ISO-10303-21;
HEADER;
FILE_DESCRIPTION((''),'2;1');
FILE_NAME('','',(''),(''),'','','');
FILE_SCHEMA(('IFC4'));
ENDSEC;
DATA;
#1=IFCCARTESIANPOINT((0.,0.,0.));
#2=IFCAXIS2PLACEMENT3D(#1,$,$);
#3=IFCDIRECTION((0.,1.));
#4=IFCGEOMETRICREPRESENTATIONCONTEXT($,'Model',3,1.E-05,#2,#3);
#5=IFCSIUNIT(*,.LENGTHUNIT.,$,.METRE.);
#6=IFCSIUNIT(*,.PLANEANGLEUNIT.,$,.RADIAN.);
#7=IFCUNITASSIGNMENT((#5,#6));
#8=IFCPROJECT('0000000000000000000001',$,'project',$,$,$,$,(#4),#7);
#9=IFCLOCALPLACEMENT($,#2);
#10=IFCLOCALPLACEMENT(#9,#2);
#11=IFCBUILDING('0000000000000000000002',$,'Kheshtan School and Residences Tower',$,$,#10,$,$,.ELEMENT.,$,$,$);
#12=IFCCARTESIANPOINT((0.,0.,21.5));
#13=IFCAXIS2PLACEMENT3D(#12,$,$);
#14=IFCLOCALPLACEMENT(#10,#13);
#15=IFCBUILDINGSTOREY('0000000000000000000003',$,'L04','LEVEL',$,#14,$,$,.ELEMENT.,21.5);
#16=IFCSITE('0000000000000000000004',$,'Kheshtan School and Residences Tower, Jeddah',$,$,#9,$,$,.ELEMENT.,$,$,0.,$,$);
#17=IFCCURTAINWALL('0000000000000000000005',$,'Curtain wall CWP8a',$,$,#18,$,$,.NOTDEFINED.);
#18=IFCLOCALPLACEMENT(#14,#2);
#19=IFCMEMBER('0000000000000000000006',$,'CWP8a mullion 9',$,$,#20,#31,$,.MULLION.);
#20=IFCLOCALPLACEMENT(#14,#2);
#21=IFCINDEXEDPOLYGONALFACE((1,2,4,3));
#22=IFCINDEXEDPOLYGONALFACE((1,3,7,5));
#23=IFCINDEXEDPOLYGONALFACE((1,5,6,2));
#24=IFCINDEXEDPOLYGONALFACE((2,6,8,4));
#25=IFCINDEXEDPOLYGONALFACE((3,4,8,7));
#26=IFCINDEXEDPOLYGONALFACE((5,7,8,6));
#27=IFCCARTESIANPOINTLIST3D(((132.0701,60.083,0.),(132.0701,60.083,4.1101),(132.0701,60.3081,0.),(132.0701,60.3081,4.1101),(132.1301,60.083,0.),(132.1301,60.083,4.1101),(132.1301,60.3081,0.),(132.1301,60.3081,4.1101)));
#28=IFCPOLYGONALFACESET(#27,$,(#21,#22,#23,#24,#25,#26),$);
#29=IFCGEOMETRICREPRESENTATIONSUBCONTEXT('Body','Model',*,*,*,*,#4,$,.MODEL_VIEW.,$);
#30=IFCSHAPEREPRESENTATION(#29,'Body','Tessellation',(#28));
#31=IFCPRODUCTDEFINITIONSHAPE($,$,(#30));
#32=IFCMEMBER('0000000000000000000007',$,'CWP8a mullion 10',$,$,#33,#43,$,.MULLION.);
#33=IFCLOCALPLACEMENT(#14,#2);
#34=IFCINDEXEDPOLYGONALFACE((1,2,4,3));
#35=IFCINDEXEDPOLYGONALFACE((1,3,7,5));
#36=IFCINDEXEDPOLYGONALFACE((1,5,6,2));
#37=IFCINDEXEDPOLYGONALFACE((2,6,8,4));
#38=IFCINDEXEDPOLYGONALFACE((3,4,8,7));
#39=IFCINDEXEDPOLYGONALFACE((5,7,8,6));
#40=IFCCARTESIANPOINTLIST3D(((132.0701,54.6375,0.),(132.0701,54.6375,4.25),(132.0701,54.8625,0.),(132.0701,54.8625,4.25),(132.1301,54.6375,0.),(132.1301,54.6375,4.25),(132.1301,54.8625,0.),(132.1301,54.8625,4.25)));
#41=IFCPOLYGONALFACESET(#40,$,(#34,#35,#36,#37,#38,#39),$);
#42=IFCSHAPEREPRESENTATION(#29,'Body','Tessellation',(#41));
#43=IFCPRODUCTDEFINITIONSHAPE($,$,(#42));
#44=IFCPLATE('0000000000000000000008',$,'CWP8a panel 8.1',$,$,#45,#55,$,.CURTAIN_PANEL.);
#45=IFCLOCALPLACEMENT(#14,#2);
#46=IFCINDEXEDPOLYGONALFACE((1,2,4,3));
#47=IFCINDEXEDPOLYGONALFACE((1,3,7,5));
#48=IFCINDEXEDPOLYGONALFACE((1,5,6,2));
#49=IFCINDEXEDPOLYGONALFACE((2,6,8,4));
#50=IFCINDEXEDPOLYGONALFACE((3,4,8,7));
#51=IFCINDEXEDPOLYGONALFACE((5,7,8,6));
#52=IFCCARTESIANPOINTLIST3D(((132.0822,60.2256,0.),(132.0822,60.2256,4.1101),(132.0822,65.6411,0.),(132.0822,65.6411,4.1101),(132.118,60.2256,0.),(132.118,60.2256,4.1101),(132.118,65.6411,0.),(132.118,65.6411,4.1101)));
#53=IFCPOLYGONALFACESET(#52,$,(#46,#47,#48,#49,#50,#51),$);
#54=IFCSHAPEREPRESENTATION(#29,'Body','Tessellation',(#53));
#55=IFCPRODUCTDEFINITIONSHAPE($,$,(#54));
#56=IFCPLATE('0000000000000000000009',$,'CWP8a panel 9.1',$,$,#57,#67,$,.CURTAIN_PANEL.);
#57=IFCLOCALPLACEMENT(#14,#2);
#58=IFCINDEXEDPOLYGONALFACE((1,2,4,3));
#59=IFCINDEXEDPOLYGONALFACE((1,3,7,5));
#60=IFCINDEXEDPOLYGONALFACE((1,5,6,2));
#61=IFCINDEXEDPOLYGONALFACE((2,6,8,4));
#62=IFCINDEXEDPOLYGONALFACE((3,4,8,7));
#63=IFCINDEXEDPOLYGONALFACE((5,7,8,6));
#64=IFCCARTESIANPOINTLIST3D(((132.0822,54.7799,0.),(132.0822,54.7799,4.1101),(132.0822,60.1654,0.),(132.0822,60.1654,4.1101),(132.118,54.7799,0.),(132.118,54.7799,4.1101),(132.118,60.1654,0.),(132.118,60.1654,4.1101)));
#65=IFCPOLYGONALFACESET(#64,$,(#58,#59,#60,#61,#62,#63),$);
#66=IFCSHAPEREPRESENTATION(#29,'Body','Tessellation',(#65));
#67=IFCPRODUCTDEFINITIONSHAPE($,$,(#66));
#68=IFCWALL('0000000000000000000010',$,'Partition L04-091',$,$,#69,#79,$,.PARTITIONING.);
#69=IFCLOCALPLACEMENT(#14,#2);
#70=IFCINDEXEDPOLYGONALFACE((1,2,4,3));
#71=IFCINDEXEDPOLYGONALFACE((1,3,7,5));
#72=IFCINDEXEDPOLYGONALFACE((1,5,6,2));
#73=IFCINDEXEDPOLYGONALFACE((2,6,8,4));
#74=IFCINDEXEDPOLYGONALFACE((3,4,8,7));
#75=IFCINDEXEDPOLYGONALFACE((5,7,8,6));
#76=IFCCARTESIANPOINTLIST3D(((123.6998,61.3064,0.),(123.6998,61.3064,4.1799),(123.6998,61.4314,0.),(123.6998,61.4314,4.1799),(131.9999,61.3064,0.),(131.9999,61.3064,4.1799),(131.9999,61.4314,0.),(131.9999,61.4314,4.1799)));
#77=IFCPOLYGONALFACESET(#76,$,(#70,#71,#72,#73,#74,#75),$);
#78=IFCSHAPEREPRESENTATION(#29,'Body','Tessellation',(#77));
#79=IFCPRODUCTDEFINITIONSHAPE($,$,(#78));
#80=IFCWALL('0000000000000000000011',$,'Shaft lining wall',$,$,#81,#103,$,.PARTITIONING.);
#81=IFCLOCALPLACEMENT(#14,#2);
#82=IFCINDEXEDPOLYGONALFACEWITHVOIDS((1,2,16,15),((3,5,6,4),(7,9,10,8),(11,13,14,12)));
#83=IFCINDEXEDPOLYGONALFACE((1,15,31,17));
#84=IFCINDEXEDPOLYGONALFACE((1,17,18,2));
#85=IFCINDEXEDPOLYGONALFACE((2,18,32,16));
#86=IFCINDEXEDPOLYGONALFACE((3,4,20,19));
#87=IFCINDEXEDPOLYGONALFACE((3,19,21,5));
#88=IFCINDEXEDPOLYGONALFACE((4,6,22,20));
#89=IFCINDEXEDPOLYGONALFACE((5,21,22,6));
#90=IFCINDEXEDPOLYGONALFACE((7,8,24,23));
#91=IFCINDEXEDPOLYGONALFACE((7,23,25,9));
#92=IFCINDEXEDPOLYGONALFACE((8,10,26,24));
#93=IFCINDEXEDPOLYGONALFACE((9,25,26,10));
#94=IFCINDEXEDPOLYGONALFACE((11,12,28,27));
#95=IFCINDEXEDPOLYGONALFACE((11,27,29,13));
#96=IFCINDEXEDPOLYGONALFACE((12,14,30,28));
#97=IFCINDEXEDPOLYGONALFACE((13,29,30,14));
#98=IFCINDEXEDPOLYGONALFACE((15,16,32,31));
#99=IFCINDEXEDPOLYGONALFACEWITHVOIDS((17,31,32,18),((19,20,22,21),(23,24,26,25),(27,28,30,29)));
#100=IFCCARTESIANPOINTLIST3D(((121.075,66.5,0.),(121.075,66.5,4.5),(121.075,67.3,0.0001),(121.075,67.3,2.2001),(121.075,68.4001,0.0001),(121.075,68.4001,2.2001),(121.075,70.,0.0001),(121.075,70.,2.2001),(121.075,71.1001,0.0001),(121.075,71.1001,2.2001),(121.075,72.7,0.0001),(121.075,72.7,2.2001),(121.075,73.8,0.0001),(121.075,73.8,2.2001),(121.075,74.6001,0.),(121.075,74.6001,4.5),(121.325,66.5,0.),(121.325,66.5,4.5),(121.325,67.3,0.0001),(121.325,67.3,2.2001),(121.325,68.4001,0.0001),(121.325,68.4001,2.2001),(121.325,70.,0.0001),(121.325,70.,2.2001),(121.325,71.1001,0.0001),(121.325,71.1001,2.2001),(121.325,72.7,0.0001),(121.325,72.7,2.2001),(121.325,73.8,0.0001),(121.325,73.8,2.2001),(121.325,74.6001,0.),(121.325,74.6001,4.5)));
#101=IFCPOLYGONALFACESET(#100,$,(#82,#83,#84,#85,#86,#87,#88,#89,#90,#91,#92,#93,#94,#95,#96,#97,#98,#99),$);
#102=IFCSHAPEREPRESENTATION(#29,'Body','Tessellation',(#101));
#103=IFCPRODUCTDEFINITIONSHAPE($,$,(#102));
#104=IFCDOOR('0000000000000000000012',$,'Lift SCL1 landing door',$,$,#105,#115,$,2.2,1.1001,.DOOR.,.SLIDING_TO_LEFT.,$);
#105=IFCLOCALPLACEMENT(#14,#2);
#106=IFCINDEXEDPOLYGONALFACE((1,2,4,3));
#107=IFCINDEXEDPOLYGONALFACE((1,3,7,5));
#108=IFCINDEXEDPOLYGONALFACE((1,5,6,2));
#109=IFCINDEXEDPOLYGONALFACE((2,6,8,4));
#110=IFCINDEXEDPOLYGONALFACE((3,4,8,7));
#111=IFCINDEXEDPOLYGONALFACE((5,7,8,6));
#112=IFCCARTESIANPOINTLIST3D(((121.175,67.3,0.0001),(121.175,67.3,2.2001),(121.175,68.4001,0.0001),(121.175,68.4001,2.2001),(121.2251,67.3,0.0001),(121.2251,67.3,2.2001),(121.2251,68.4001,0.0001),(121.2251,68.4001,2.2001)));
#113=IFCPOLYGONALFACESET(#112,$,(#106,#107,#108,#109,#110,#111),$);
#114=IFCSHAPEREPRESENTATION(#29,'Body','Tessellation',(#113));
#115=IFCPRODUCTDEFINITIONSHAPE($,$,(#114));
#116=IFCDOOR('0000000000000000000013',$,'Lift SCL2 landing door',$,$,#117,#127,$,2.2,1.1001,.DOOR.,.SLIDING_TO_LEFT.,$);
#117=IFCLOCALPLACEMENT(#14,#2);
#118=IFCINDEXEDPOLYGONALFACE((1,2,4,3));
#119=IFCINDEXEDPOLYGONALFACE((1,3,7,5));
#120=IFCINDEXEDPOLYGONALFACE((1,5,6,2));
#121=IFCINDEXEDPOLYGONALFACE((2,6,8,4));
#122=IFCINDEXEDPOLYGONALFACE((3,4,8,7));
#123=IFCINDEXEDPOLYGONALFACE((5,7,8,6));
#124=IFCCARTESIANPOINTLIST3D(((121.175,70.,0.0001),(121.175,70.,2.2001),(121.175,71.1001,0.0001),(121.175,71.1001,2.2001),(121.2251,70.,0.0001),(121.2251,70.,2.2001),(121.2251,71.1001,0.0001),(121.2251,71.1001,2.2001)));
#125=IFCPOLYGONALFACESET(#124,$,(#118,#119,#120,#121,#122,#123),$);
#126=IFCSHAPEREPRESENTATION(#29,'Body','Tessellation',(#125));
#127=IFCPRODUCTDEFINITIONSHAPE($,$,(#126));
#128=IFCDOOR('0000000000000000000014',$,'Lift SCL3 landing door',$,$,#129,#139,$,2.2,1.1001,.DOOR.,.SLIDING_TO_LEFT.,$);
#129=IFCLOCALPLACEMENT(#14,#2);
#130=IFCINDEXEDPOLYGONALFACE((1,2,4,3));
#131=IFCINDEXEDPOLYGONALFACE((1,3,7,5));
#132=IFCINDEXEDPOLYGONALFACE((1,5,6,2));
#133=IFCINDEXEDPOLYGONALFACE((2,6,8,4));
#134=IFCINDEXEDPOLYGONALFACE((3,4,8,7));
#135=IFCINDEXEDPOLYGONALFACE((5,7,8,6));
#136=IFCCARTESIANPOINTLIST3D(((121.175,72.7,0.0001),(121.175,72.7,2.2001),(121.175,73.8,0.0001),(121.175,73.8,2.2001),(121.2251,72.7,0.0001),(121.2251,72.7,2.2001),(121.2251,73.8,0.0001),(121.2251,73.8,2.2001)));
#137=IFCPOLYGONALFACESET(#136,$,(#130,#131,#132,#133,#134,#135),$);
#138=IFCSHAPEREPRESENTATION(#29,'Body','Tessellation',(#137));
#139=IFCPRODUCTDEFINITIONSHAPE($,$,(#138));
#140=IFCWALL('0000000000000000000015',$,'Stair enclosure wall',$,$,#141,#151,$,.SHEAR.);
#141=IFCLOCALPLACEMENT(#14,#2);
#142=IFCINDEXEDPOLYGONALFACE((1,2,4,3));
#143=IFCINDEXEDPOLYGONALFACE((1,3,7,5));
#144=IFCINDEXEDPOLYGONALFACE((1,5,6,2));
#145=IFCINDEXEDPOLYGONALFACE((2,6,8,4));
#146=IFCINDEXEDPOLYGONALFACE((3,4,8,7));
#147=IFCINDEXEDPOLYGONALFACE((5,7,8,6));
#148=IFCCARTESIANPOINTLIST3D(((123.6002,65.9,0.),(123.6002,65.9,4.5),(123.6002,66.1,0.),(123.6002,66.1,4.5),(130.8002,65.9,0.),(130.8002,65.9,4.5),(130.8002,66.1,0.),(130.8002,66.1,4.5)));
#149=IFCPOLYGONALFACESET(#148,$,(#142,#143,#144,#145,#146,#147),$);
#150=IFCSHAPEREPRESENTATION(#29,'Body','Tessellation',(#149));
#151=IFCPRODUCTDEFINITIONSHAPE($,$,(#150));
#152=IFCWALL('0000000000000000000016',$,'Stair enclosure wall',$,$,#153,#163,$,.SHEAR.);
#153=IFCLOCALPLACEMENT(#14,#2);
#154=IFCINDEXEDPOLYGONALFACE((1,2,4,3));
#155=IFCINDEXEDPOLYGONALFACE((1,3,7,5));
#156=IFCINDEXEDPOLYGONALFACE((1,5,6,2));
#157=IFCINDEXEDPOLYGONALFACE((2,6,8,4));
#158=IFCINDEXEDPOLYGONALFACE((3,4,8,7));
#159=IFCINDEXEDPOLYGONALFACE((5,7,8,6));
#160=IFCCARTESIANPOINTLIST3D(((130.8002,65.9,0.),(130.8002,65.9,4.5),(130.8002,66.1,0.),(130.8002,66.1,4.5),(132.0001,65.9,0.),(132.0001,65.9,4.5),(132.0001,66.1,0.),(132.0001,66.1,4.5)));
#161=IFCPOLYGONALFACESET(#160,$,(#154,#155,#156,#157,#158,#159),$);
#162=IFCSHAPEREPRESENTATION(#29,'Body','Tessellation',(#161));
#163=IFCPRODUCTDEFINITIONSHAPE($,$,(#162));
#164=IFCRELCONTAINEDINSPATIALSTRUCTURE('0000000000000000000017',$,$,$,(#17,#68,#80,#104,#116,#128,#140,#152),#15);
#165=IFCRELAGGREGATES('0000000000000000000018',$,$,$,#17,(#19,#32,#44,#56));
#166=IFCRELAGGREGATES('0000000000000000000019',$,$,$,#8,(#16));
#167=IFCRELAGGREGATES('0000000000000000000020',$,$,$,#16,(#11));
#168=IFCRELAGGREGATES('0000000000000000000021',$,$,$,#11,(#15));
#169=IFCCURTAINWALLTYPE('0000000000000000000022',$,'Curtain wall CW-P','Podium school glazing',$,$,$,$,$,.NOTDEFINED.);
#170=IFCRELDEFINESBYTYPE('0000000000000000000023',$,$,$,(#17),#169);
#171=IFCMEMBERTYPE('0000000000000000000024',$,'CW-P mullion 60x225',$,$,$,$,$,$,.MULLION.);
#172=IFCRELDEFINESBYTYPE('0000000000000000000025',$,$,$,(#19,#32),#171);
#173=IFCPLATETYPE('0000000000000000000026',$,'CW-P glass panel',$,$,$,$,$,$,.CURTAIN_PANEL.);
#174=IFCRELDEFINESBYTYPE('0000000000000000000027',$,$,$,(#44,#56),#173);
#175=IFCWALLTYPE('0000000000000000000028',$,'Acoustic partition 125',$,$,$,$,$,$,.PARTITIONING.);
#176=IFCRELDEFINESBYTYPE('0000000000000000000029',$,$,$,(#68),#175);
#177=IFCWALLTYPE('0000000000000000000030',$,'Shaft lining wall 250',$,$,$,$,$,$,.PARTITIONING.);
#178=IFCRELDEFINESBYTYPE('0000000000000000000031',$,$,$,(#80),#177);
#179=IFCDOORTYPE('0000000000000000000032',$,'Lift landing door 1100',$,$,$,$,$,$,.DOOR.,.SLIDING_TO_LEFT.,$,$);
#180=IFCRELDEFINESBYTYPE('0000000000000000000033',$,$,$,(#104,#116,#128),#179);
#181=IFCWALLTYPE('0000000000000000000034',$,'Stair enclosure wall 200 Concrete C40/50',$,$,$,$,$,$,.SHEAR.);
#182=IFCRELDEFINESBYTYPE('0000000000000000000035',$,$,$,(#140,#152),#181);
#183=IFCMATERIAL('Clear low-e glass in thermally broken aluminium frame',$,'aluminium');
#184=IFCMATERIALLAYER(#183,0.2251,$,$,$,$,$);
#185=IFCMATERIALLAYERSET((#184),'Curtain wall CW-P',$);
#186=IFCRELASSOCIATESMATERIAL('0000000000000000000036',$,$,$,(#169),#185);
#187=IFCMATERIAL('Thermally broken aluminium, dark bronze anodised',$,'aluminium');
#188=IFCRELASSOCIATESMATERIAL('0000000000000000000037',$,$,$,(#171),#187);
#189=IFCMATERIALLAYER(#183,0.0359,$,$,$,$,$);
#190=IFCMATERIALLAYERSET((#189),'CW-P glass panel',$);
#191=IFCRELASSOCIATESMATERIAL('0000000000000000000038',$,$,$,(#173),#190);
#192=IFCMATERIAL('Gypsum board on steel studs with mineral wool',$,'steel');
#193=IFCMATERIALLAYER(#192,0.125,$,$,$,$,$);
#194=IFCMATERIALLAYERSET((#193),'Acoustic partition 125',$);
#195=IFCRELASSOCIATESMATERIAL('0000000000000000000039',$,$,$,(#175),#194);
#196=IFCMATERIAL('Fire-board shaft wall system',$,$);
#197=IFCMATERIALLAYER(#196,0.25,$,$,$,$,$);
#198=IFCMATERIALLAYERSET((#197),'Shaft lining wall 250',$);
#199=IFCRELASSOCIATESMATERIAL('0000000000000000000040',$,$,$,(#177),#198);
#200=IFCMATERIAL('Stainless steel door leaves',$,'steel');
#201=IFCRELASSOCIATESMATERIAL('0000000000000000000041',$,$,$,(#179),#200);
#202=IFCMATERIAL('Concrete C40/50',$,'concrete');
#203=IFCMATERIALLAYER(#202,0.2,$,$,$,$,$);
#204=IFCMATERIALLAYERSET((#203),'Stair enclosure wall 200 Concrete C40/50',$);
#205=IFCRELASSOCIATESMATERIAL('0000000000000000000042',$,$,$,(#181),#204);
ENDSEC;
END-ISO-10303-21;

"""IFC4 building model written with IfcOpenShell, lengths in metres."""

from ifc_helpers import new_model, si_unit, direction, frame, frame_2d, origin, origin_2d, place, context, subcontext, project, spatial, rectangle, extrude, source, transform, mapped, material, layer, layer_set, material_profile, profile_set, type_object, element, fill, aggregate, save


model = new_model("IFC4")

# Units and contexts
model_context = context("Model", 3, precision=1e-05, world=origin(), true_north=direction((0.0, 1.0)))
body_context = subcontext(model_context, "Body", "Model", "MODEL_VIEW")
ifc_project = project(units=[si_unit("LENGTHUNIT", "METRE"), si_unit("PLANEANGLEUNIT", "RADIAN")], contexts=[model_context])

# Site, building, storey
site_placement = place(None, origin())
site = spatial("IfcSite", under=ifc_project, at=site_placement, Name="Kheshtan School and Residences Tower, Jeddah", CompositionType="ELEMENT", RefElevation=0.0)
building_placement = place(site_placement, origin())
building = spatial("IfcBuilding", under=site, at=building_placement, Name="Kheshtan School and Residences Tower", CompositionType="ELEMENT")
storey_placement = place(building_placement, frame((0.0, 0.0, 21.5)))
storey = spatial("IfcBuildingStorey", under=building, at=storey_placement, Name="L04", Description="LEVEL", CompositionType="ELEMENT", Elevation=21.5)

# Curtain wall, members, plates
ifc_material_1 = material(Name="Clear low-e glass in thermally broken aluminium frame", Category="aluminium")
ifc_layer_1 = layer(ifc_material_1, 0.2251)
ifc_layer_set_1 = layer_set([ifc_layer_1], Name="Curtain wall CW-P")
curtain_wall_type = type_object("IfcCurtainWallType", Name="Curtain wall CW-P", Description="Podium school glazing", PredefinedType="NOTDEFINED", material=ifc_layer_set_1)
curtain_wall_placement = place(storey_placement, origin())
curtain_wall = element("IfcCurtainWall", 1, at=curtain_wall_placement, inside=storey, type_object=curtain_wall_type, Name="Curtain wall CWP8a", PredefinedType="NOTDEFINED")
ifc_material_2 = material(Name="Thermally broken aluminium, dark bronze anodised", Category="aluminium")
ifc_material_profile_1 = material_profile(ifc_material_2, rectangle(XDim=0.0601, YDim=0.2251, at=origin_2d()), Name="CW-P mullion 60x225")
ifc_profile_set_1 = profile_set([ifc_material_profile_1], Name="Thermally broken aluminium, dark bronze anodised")
member_type = type_object("IfcMemberType", Name="CW-P mullion 60x225", PredefinedType="MULLION", material=ifc_profile_set_1)
member_1_placement = place(storey_placement, frame((132.1001, 60.1956, 0.0), z_axis=(0.0, 0.0, 1.0), x_axis=(1.0, 0.0, 0.0)))
member_1 = element("IfcMember", 2, at=member_1_placement, type_object=member_type, Name="CWP8a mullion 9", PredefinedType="MULLION", context=body_context, shape_type="SweptSolid", body=[
    extrude(rectangle(XDim=0.0601, YDim=0.2251, at=origin_2d()), origin(), (0.0, 0.0, 1.0), 4.1101),
])
member_2_placement = place(storey_placement, frame((132.1001, 54.75, 0.0), z_axis=(0.0, 0.0, 1.0), x_axis=(1.0, 0.0, 0.0)))
member_2 = element("IfcMember", 3, at=member_2_placement, type_object=member_type, Name="CWP8a mullion 10", PredefinedType="MULLION", context=body_context, shape_type="SweptSolid", body=[
    extrude(rectangle(XDim=0.0601, YDim=0.2251, at=origin_2d()), origin(), (0.0, 0.0, 1.0), 4.25),
])
ifc_layer_2 = layer(ifc_material_1, 0.0359)
ifc_layer_set_2 = layer_set([ifc_layer_2], Name="CW-P glass panel")
plate_type = type_object("IfcPlateType", Name="CW-P glass panel", PredefinedType="CURTAIN_PANEL", material=ifc_layer_set_2)
plate_1_placement = place(storey_placement, frame((132.1001, 62.9333, 0.0), z_axis=(0.0, 0.0, 1.0), x_axis=(0.0, -1.0, 0.0)))
plate_1 = element("IfcPlate", 4, at=plate_1_placement, type_object=plate_type, Name="CWP8a panel 8.1", PredefinedType="CURTAIN_PANEL", context=body_context, shape_type="SweptSolid", body=[
    extrude(rectangle(XDim=5.4155, YDim=0.0359, at=origin_2d()), origin(), (0.0, 0.0, 1.0), 4.1101),
])
plate_2_placement = place(storey_placement, frame((132.1001, 57.4727, 0.0), z_axis=(0.0, 0.0, 1.0), x_axis=(0.0, -1.0, 0.0)))
plate_2 = element("IfcPlate", 5, at=plate_2_placement, type_object=plate_type, Name="CWP8a panel 9.1", PredefinedType="CURTAIN_PANEL", context=body_context, shape_type="SweptSolid", body=[
    extrude(rectangle(XDim=5.3855, YDim=0.0359, at=origin_2d()), origin(), (0.0, 0.0, 1.0), 4.1101),
])
aggregate(curtain_wall, [member_1, member_2, plate_1, plate_2])

# Wall
ifc_material_3 = material(Name="Gypsum board on steel studs with mineral wool", Category="steel")
ifc_layer_3 = layer(ifc_material_3, 0.125)
ifc_layer_set_3 = layer_set([ifc_layer_3], Name="Acoustic partition 125")
wall_type_1 = type_object("IfcWallType", Name="Acoustic partition 125", PredefinedType="PARTITIONING", material=ifc_layer_set_3)
wall_1_placement = place(storey_placement, frame((123.7, 61.3689, 0.0), z_axis=(0.0, 0.0, 1.0), x_axis=(1.0, 0.0, 0.0)))
element("IfcWall", 6, at=wall_1_placement, inside=storey, type_object=wall_type_1, Name="Partition L04-091", PredefinedType="PARTITIONING", context=body_context, shape_type="SweptSolid", body=[
    extrude(rectangle(XDim=8.3, YDim=0.125, at=frame_2d((4.1499, 0.0))), origin(), (0.0, 0.0, 1.0), 4.1799),
])

# Wall, openings, doors
ifc_material_4 = material(Name="Fire-board shaft wall system")
ifc_layer_4 = layer(ifc_material_4, 0.25)
ifc_layer_set_4 = layer_set([ifc_layer_4], Name="Shaft lining wall 250")
wall_type_2 = type_object("IfcWallType", Name="Shaft lining wall 250", PredefinedType="PARTITIONING", material=ifc_layer_set_4)
wall_2_placement = place(storey_placement, frame((121.2, 66.5, 0.0), z_axis=(0.0, 0.0, 1.0), x_axis=(0.0, 1.0, 0.0)))
wall_2 = element("IfcWall", 7, at=wall_2_placement, inside=storey, type_object=wall_type_2, Name="Shaft lining wall", PredefinedType="PARTITIONING", context=body_context, shape_type="SweptSolid", body=[
    extrude(rectangle(XDim=8.1001, YDim=0.25, at=frame_2d((4.05, 0.0))), origin(), (0.0, 0.0, 1.0), 4.5),
])
opening_1_placement = place(wall_2_placement, frame((0.8, 0.0, 0.0)))
opening_1 = element("IfcOpeningElement", 8, at=opening_1_placement, cuts=wall_2, PredefinedType="OPENING", context=body_context, shape_type="SweptSolid", body=[
    extrude(rectangle(XDim=1.1001, YDim=2.2, at=frame_2d((0.55, 1.1001))), frame((0.0, 0.135, 0.0), z_axis=(0.0, -1.0, 0.0), x_axis=(1.0, 0.0, 0.0)), (0.0, 0.0, 1.0), 0.27),
])
opening_2_placement = place(wall_2_placement, frame((3.5, 0.0, 0.0)))
opening_2 = element("IfcOpeningElement", 9, at=opening_2_placement, cuts=wall_2, PredefinedType="OPENING", context=body_context, shape_type="SweptSolid", body=[
    extrude(rectangle(XDim=1.1001, YDim=2.2, at=frame_2d((0.55, 1.1001))), frame((0.0, 0.135, 0.0), z_axis=(0.0, -1.0, 0.0), x_axis=(1.0, 0.0, 0.0)), (0.0, 0.0, 1.0), 0.27),
])
opening_3_placement = place(wall_2_placement, frame((6.2, 0.0, 0.0)))
opening_3 = element("IfcOpeningElement", 10, at=opening_3_placement, cuts=wall_2, PredefinedType="OPENING", context=body_context, shape_type="SweptSolid", body=[
    extrude(rectangle(XDim=1.1001, YDim=2.2, at=frame_2d((0.55, 1.1001))), frame((0.0, 0.135, 0.0), z_axis=(0.0, -1.0, 0.0), x_axis=(1.0, 0.0, 0.0)), (0.0, 0.0, 1.0), 0.27),
])
ifc_material_5 = material(Name="Stainless steel door leaves", Category="steel")
door_type_1 = type_object("IfcDoorType", Name="Lift landing door 1100", OperationType="SLIDING_TO_LEFT", PredefinedType="DOOR", material=ifc_material_5)
shared_shape_1 = source(origin(), body_context, "Body", "SweptSolid", [
    extrude(rectangle(XDim=1.1001, YDim=2.2, at=frame_2d((0.55, 1.1001))), frame((0.0, 0.0249, 0.0), z_axis=(0.0, -1.0, 0.0), x_axis=(1.0, 0.0, 0.0)), (0.0, 0.0, 1.0), 0.05),
])
door_1_placement = place(opening_1_placement, origin())
door_1 = element("IfcDoor", 11, at=door_1_placement, inside=storey, type_object=door_type_1, Name="Lift SCL1 landing door", OperationType="SLIDING_TO_LEFT", OverallHeight=2.2, OverallWidth=1.1001, PredefinedType="DOOR", context=body_context, shape_type="MappedRepresentation", body=[
    mapped(shared_shape_1, transform((0.0, 0.0, 0.0), x_axis=(1.0, 0.0, 0.0), y_axis=(0.0, 1.0, 0.0), z_axis=(0.0, 0.0, 1.0), scale=1.0)),
])
fill(opening_1, door_1)
door_2_placement = place(opening_2_placement, origin())
door_2 = element("IfcDoor", 12, at=door_2_placement, inside=storey, type_object=door_type_1, Name="Lift SCL2 landing door", OperationType="SLIDING_TO_LEFT", OverallHeight=2.2, OverallWidth=1.1001, PredefinedType="DOOR", context=body_context, shape_type="MappedRepresentation", body=[
    mapped(shared_shape_1, transform((0.0, 0.0, 0.0), x_axis=(1.0, 0.0, 0.0), y_axis=(0.0, 1.0, 0.0), z_axis=(0.0, 0.0, 1.0), scale=1.0)),
])
fill(opening_2, door_2)
door_3_placement = place(opening_3_placement, origin())
door_3 = element("IfcDoor", 13, at=door_3_placement, inside=storey, type_object=door_type_1, Name="Lift SCL3 landing door", OperationType="SLIDING_TO_LEFT", OverallHeight=2.2, OverallWidth=1.1001, PredefinedType="DOOR", context=body_context, shape_type="MappedRepresentation", body=[
    mapped(shared_shape_1, transform((0.0, 0.0, 0.0), x_axis=(1.0, 0.0, 0.0), y_axis=(0.0, 1.0, 0.0), z_axis=(0.0, 0.0, 1.0), scale=1.0)),
])
fill(opening_3, door_3)

# Walls
ifc_material_6 = material(Name="Concrete C40/50", Category="concrete")
ifc_layer_5 = layer(ifc_material_6, 0.2)
ifc_layer_set_5 = layer_set([ifc_layer_5], Name="Stair enclosure wall 200 Concrete C40/50")
wall_type_3 = type_object("IfcWallType", Name="Stair enclosure wall 200 Concrete C40/50", PredefinedType="SHEAR", material=ifc_layer_set_5)
wall_3_placement = place(storey_placement, frame((123.6001, 66.0, 0.0), z_axis=(0.0, 0.0, 1.0), x_axis=(1.0, 0.0, 0.0)))
element("IfcWall", 14, at=wall_3_placement, inside=storey, type_object=wall_type_3, Name="Stair enclosure wall", PredefinedType="SHEAR", context=body_context, shape_type="SweptSolid", body=[
    extrude(rectangle(XDim=7.2, YDim=0.2, at=frame_2d((3.6001, 0.0))), origin(), (0.0, 0.0, 1.0), 4.5),
])
wall_4_placement = place(storey_placement, frame((130.8, 66.0, 0.0), z_axis=(0.0, 0.0, 1.0), x_axis=(1.0, 0.0, 0.0)))
element("IfcWall", 15, at=wall_4_placement, inside=storey, type_object=wall_type_3, Name="Stair enclosure wall", PredefinedType="SHEAR", context=body_context, shape_type="SweptSolid", body=[
    extrude(rectangle(XDim=1.2, YDim=0.2, at=frame_2d((0.6001, 0.0))), origin(), (0.0, 0.0, 1.0), 4.5),
])

save(model, "model.ifc")
